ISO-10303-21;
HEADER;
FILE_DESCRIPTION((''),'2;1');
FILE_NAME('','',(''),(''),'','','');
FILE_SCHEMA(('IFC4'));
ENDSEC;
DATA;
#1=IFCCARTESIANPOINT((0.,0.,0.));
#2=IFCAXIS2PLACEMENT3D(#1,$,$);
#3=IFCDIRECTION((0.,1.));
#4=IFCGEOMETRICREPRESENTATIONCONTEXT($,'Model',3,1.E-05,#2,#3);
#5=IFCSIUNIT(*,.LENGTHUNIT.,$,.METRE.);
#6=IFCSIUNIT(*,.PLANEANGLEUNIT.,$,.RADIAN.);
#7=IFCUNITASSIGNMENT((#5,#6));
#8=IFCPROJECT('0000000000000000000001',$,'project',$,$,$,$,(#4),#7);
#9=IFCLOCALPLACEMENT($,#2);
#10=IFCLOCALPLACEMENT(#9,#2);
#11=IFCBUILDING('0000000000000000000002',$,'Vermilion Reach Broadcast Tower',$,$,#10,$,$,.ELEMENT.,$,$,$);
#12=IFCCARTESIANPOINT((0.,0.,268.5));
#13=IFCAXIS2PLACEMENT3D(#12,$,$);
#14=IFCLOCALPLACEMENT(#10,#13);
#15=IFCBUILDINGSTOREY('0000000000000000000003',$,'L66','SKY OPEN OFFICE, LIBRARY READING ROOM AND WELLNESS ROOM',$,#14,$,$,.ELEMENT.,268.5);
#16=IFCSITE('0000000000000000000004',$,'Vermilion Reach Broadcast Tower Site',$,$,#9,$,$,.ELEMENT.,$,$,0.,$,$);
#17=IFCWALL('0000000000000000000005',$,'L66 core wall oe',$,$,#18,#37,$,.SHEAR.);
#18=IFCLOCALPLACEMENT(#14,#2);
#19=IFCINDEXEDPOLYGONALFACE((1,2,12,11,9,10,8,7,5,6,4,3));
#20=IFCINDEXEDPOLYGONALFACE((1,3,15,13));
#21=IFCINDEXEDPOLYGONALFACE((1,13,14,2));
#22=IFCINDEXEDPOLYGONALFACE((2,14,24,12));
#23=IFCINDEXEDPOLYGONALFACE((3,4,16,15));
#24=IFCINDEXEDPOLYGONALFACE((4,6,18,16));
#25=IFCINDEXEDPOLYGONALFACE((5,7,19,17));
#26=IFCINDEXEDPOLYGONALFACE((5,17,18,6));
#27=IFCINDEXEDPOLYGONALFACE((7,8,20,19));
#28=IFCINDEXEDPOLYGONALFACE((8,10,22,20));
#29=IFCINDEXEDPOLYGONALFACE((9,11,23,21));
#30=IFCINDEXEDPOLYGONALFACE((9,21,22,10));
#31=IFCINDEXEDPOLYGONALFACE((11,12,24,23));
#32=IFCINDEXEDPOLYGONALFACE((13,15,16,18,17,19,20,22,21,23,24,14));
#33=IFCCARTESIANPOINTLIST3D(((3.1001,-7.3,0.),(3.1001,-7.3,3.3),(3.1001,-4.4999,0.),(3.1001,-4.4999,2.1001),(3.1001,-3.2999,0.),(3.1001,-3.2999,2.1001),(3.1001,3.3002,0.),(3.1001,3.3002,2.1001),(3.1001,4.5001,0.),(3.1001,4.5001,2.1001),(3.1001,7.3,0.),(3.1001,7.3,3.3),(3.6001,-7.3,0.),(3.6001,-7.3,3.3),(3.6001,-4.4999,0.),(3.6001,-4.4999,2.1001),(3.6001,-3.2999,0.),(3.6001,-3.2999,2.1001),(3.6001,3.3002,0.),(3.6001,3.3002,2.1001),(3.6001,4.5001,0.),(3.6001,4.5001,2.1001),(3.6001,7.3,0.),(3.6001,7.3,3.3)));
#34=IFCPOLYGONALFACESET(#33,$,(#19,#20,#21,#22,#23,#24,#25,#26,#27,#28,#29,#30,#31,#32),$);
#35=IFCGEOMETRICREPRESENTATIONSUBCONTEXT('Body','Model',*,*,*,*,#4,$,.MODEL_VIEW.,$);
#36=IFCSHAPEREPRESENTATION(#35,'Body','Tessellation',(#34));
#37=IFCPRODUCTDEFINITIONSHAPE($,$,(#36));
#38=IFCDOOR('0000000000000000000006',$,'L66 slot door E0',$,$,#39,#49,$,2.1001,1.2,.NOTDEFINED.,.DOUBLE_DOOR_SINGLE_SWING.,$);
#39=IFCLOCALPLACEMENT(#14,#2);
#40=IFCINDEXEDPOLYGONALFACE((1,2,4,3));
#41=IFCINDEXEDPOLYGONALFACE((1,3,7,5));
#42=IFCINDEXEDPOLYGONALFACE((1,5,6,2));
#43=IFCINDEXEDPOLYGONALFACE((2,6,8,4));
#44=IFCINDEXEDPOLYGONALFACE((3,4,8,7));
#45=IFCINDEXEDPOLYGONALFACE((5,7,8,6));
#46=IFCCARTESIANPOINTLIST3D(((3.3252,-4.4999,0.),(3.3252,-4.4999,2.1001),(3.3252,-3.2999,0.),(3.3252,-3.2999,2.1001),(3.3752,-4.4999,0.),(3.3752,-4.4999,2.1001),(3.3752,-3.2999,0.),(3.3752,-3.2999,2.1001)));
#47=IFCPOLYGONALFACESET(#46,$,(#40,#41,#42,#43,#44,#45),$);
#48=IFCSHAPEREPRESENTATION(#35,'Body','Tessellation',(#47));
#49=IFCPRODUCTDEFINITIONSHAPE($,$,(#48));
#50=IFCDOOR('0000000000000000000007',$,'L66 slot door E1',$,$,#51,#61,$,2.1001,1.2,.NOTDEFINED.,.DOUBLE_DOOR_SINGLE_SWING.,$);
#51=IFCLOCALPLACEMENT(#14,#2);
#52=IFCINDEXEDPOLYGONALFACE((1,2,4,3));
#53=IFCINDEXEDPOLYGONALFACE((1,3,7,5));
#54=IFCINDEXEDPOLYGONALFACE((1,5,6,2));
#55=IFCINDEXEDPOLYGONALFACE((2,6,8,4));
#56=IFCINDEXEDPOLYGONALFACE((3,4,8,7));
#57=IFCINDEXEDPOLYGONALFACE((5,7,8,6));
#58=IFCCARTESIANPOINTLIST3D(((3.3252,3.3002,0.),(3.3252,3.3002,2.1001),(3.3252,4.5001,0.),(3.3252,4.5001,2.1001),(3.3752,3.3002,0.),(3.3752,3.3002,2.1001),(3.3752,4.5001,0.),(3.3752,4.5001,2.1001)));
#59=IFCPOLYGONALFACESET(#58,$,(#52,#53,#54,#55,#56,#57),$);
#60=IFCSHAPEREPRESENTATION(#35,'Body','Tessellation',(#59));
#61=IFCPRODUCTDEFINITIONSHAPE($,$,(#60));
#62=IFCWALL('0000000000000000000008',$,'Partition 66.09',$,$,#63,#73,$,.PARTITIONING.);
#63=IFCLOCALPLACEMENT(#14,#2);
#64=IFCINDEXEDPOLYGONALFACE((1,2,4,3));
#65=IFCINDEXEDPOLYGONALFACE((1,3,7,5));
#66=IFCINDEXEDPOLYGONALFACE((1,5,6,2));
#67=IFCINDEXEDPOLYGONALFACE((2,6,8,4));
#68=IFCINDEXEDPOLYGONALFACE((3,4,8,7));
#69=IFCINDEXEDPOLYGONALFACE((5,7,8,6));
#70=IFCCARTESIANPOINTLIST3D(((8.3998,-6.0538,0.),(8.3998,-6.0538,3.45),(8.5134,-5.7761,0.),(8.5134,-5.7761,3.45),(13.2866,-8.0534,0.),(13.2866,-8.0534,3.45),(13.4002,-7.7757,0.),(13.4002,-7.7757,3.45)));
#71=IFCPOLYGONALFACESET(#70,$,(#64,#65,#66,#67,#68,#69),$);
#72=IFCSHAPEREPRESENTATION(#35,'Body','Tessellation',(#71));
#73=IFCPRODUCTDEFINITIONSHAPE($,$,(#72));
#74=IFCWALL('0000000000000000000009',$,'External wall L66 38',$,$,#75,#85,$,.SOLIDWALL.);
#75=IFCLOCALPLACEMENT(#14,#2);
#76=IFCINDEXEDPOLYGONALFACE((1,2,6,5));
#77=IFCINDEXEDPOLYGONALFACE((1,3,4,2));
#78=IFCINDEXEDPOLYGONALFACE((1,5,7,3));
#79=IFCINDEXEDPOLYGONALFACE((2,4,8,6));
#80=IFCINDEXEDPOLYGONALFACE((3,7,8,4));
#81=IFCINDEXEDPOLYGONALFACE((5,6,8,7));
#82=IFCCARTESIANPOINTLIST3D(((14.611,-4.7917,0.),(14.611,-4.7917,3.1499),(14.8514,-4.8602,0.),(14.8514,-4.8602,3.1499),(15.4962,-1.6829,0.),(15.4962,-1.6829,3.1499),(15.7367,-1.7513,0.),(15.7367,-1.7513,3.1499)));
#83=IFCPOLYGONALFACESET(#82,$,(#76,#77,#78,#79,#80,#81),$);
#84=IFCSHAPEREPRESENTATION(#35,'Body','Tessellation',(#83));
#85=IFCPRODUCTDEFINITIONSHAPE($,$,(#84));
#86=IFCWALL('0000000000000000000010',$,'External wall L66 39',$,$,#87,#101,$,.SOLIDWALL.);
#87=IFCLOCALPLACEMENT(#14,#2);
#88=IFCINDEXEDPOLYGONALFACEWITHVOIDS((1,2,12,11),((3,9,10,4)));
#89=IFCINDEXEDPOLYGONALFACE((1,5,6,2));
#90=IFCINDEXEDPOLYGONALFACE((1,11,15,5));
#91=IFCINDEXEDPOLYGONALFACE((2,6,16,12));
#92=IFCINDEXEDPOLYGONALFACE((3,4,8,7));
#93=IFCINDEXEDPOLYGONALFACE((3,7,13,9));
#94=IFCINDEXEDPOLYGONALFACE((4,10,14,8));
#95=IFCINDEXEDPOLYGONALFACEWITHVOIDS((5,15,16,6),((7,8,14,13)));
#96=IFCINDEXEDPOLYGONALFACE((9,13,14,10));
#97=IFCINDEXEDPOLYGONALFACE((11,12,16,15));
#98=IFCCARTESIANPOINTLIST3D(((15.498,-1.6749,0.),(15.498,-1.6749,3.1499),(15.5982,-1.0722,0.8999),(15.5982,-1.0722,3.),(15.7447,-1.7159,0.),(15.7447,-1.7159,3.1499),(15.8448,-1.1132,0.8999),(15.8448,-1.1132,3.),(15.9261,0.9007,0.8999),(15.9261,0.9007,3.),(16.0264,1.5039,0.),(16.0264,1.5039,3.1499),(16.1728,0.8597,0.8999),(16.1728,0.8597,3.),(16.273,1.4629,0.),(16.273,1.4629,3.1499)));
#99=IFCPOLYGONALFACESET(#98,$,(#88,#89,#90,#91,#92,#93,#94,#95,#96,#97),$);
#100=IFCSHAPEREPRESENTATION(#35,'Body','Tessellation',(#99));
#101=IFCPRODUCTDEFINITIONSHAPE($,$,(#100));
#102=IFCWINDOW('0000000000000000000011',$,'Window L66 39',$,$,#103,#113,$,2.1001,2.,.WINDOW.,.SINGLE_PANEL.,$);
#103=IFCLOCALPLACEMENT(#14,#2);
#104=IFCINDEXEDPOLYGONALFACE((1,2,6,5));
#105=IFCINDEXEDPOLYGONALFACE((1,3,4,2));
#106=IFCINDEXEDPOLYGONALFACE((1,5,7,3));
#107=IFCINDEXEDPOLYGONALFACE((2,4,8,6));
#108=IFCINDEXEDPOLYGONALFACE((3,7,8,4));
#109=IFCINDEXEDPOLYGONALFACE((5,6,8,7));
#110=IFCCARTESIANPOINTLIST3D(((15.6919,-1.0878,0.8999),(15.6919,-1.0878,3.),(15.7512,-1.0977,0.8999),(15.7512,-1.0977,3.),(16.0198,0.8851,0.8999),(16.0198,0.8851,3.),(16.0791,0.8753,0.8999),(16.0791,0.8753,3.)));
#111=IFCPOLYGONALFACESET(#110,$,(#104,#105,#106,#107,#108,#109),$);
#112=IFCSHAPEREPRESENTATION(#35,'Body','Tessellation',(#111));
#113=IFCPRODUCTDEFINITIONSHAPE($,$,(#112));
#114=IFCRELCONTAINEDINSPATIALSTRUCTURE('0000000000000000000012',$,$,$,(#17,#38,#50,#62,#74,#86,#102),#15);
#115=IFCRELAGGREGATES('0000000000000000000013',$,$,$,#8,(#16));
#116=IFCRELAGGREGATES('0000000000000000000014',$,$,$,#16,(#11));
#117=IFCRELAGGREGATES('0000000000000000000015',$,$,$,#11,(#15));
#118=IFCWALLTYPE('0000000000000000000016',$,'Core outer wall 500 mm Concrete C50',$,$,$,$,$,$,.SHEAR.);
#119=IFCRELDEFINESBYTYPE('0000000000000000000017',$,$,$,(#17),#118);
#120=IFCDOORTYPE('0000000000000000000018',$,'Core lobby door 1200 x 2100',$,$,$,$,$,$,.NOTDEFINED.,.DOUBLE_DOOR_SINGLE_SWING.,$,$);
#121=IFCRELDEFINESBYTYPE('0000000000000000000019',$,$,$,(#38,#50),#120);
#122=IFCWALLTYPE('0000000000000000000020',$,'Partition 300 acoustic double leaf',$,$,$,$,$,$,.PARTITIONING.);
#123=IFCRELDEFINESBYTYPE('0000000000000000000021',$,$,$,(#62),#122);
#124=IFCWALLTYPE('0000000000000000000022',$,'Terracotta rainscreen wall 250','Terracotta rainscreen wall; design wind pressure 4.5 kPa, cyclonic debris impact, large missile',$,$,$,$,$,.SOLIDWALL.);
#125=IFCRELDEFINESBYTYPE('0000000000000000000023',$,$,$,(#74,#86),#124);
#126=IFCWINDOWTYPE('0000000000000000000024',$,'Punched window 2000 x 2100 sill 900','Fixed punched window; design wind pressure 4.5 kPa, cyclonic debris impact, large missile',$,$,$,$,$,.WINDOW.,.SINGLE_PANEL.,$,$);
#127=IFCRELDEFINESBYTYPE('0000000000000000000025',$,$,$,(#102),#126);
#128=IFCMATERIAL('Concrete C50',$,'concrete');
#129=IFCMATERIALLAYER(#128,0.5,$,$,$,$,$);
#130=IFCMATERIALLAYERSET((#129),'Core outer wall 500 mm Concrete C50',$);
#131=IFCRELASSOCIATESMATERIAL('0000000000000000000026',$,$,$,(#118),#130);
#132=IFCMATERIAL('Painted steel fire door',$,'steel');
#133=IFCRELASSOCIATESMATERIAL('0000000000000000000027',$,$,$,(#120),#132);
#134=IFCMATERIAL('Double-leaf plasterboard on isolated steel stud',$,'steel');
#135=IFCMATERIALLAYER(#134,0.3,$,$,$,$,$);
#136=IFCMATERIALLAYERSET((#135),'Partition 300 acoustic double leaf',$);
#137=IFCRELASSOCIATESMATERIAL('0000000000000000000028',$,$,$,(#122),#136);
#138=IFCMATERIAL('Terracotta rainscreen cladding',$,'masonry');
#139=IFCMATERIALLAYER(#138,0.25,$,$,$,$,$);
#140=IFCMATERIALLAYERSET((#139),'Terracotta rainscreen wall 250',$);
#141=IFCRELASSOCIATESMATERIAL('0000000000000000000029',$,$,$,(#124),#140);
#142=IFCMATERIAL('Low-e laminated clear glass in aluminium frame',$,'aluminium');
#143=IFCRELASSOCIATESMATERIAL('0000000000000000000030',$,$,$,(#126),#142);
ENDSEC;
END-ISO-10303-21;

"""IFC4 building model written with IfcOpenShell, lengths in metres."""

from ifc_helpers import new_model, si_unit, direction, frame, frame_2d, origin, place, context, subcontext, project, spatial, rectangle, extrude, material, layer, layer_set, type_object, element, fill, save


model = new_model("IFC4")

# Units and contexts
model_context = context("Model", 3, precision=1e-05, world=origin(), true_north=direction((0.0, 1.0)))
body_context = subcontext(model_context, "Body", "Model", "MODEL_VIEW")
ifc_project = project(units=[si_unit("LENGTHUNIT", "METRE"), si_unit("PLANEANGLEUNIT", "RADIAN")], contexts=[model_context])

# Site, building, storey
site_placement = place(None, origin())
site = spatial("IfcSite", under=ifc_project, at=site_placement, Name="Vermilion Reach Broadcast Tower Site", CompositionType="ELEMENT", RefElevation=0.0)
building_placement = place(site_placement, origin())
building = spatial("IfcBuilding", under=site, at=building_placement, Name="Vermilion Reach Broadcast Tower", CompositionType="ELEMENT")
storey_placement = place(building_placement, frame((0.0, 0.0, 268.5)))
storey = spatial("IfcBuildingStorey", under=building, at=storey_placement, Name="L66", Description="SKY OPEN OFFICE, LIBRARY READING ROOM AND WELLNESS ROOM", CompositionType="ELEMENT", Elevation=268.5)

# Wall, openings, doors
ifc_material_1 = material(Name="Concrete C50", Category="concrete")
ifc_layer_1 = layer(ifc_material_1, 0.5)
ifc_layer_set_1 = layer_set([ifc_layer_1], Name="Core outer wall 500 mm Concrete C50")
wall_type_1 = type_object("IfcWallType", Name="Core outer wall 500 mm Concrete C50", PredefinedType="SHEAR", material=ifc_layer_set_1)
wall_1_placement = place(storey_placement, frame((3.3501, -7.3, 0.0), z_axis=(0.0, 0.0, 1.0), x_axis=(0.0, 1.0, 0.0)))
wall_1 = element("IfcWall", 1, at=wall_1_placement, inside=storey, type_object=wall_type_1, Name="L66 core wall oe", PredefinedType="SHEAR", context=body_context, shape_type="SweptSolid", body=[
    extrude(rectangle(XDim=14.6001, YDim=0.5, at=frame_2d((7.3, 0.0))), origin(), (0.0, 0.0, 1.0), 3.3),
])
opening_1_placement = place(wall_1_placement, frame((2.8, 0.0, 0.0)))
opening_1 = element("IfcOpeningElement", 2, at=opening_1_placement, cuts=wall_1, PredefinedType="OPENING", context=body_context, shape_type="SweptSolid", body=[
    extrude(rectangle(XDim=1.2, YDim=2.1001, at=frame_2d((0.6001, 1.05))), frame((0.0, 0.26, 0.0), z_axis=(0.0, -1.0, 0.0), x_axis=(1.0, 0.0, 0.0)), (0.0, 0.0, 1.0), 0.52),
])
opening_2_placement = place(wall_1_placement, frame((10.6001, 0.0, 0.0)))
opening_2 = element("IfcOpeningElement", 3, at=opening_2_placement, cuts=wall_1, PredefinedType="OPENING", context=body_context, shape_type="SweptSolid", body=[
    extrude(rectangle(XDim=1.2, YDim=2.1001, at=frame_2d((0.6001, 1.05))), frame((0.0, 0.26, 0.0), z_axis=(0.0, -1.0, 0.0), x_axis=(1.0, 0.0, 0.0)), (0.0, 0.0, 1.0), 0.52),
])
ifc_material_2 = material(Name="Painted steel fire door", Category="steel")
door_type_1 = type_object("IfcDoorType", Name="Core lobby door 1200 x 2100", OperationType="DOUBLE_DOOR_SINGLE_SWING", PredefinedType="NOTDEFINED", material=ifc_material_2)
door_1_placement = place(opening_1_placement, origin())
door_1 = element("IfcDoor", 4, at=door_1_placement, inside=storey, type_object=door_type_1, Name="L66 slot door E0", OperationType="DOUBLE_DOOR_SINGLE_SWING", OverallHeight=2.1001, OverallWidth=1.2, PredefinedType="NOTDEFINED", context=body_context, shape_type="SweptSolid", body=[
    extrude(rectangle(XDim=1.2, YDim=2.1001, at=frame_2d((0.6001, 1.05))), frame((0.0, 0.0249, 0.0), z_axis=(0.0, -1.0, 0.0), x_axis=(1.0, 0.0, 0.0)), (0.0, 0.0, 1.0), 0.05),
])
fill(opening_1, door_1)
door_2_placement = place(opening_2_placement, origin())
door_2 = element("IfcDoor", 5, at=door_2_placement, inside=storey, type_object=door_type_1, Name="L66 slot door E1", OperationType="DOUBLE_DOOR_SINGLE_SWING", OverallHeight=2.1001, OverallWidth=1.2, PredefinedType="NOTDEFINED", context=body_context, shape_type="SweptSolid", body=[
    extrude(rectangle(XDim=1.2, YDim=2.1001, at=frame_2d((0.6001, 1.05))), frame((0.0, 0.0249, 0.0), z_axis=(0.0, -1.0, 0.0), x_axis=(1.0, 0.0, 0.0)), (0.0, 0.0, 1.0), 0.05),
])
fill(opening_2, door_2)

# Walls
ifc_material_3 = material(Name="Double-leaf plasterboard on isolated steel stud", Category="steel")
ifc_layer_2 = layer(ifc_material_3, 0.3)
ifc_layer_set_2 = layer_set([ifc_layer_2], Name="Partition 300 acoustic double leaf")
wall_type_2 = type_object("IfcWallType", Name="Partition 300 acoustic double leaf", PredefinedType="PARTITIONING", material=ifc_layer_set_2)
wall_2_placement = place(storey_placement, frame((13.3435, -7.9146, 0.0), z_axis=(0.0, 0.0, 1.0), x_axis=(-0.92552, 0.378698, 0.0)))
element("IfcWall", 6, at=wall_2_placement, inside=storey, type_object=wall_type_2, Name="Partition 66.09", PredefinedType="PARTITIONING", context=body_context, shape_type="SweptSolid", body=[
    extrude(rectangle(XDim=5.28, YDim=0.3, at=frame_2d((2.6401, 0.0))), origin(), (0.0, 0.0, 1.0), 3.45),
])
ifc_material_4 = material(Name="Terracotta rainscreen cladding", Category="masonry")
ifc_layer_3 = layer(ifc_material_4, 0.25)
ifc_layer_set_3 = layer_set([ifc_layer_3], Name="Terracotta rainscreen wall 250")
wall_type_3 = type_object("IfcWallType", Name="Terracotta rainscreen wall 250", Description="Terracotta rainscreen wall; design wind pressure 4.5 kPa, cyclonic debris impact, large missile", PredefinedType="SOLIDWALL", material=ifc_layer_set_3)
wall_3_placement = place(storey_placement, frame((14.7312, -4.8259, 0.0), z_axis=(0.0, 0.0, 1.0), x_axis=(0.273863, 0.961769, 0.0)))
element("IfcWall", 7, at=wall_3_placement, inside=storey, type_object=wall_type_3, Name="External wall L66 38", PredefinedType="SOLIDWALL", context=body_context, shape_type="SweptSolid", body=[
    extrude(rectangle(XDim=3.2324, YDim=0.25, at=frame_2d((1.6162, 0.0))), origin(), (0.0, 0.0, 1.0), 3.1499),
])

# Wall, opening, window
wall_4_placement = place(storey_placement, frame((15.6213, -1.6956, 0.0), z_axis=(0.0, 0.0, 1.0), x_axis=(0.163957, 0.986468, 0.0)))
wall_4 = element("IfcWall", 8, at=wall_4_placement, inside=storey, type_object=wall_type_3, Name="External wall L66 39", PredefinedType="SOLIDWALL", context=body_context, shape_type="SweptSolid", body=[
    extrude(rectangle(XDim=3.2224, YDim=0.25, at=frame_2d((1.6113, 0.0))), origin(), (0.0, 0.0, 1.0), 3.1499),
])
opening_3_placement = place(wall_4_placement, frame((0.6111, 0.0, 0.8999)))
opening_3 = element("IfcOpeningElement", 9, at=opening_3_placement, cuts=wall_4, PredefinedType="OPENING", context=body_context, shape_type="SweptSolid", body=[
    extrude(rectangle(XDim=2.0, YDim=2.1001, at=frame_2d((1.0, 1.05))), frame((0.0, 0.135, 0.0), z_axis=(0.0, -1.0, 0.0), x_axis=(1.0, 0.0, 0.0)), (0.0, 0.0, 1.0), 0.27),
])
ifc_material_5 = material(Name="Low-e laminated clear glass in aluminium frame", Category="aluminium")
window_type = type_object("IfcWindowType", Name="Punched window 2000 x 2100 sill 900", Description="Fixed punched window; design wind pressure 4.5 kPa, cyclonic debris impact, large missile", PartitioningType="SINGLE_PANEL", PredefinedType="WINDOW", material=ifc_material_5)
window_placement = place(opening_3_placement, origin())
window = element("IfcWindow", 10, at=window_placement, inside=storey, type_object=window_type, Name="Window L66 39", OverallHeight=2.1001, OverallWidth=2.0, PartitioningType="SINGLE_PANEL", PredefinedType="WINDOW", context=body_context, shape_type="SweptSolid", body=[
    extrude(rectangle(XDim=2.0, YDim=2.1001, at=frame_2d((1.0, 1.05))), frame((0.0, 0.03, 0.0), z_axis=(0.0, -1.0, 0.0), x_axis=(1.0, 0.0, 0.0)), (0.0, 0.0, 1.0), 0.0601),
])
fill(opening_3, window)

save(model, "model.ifc")
